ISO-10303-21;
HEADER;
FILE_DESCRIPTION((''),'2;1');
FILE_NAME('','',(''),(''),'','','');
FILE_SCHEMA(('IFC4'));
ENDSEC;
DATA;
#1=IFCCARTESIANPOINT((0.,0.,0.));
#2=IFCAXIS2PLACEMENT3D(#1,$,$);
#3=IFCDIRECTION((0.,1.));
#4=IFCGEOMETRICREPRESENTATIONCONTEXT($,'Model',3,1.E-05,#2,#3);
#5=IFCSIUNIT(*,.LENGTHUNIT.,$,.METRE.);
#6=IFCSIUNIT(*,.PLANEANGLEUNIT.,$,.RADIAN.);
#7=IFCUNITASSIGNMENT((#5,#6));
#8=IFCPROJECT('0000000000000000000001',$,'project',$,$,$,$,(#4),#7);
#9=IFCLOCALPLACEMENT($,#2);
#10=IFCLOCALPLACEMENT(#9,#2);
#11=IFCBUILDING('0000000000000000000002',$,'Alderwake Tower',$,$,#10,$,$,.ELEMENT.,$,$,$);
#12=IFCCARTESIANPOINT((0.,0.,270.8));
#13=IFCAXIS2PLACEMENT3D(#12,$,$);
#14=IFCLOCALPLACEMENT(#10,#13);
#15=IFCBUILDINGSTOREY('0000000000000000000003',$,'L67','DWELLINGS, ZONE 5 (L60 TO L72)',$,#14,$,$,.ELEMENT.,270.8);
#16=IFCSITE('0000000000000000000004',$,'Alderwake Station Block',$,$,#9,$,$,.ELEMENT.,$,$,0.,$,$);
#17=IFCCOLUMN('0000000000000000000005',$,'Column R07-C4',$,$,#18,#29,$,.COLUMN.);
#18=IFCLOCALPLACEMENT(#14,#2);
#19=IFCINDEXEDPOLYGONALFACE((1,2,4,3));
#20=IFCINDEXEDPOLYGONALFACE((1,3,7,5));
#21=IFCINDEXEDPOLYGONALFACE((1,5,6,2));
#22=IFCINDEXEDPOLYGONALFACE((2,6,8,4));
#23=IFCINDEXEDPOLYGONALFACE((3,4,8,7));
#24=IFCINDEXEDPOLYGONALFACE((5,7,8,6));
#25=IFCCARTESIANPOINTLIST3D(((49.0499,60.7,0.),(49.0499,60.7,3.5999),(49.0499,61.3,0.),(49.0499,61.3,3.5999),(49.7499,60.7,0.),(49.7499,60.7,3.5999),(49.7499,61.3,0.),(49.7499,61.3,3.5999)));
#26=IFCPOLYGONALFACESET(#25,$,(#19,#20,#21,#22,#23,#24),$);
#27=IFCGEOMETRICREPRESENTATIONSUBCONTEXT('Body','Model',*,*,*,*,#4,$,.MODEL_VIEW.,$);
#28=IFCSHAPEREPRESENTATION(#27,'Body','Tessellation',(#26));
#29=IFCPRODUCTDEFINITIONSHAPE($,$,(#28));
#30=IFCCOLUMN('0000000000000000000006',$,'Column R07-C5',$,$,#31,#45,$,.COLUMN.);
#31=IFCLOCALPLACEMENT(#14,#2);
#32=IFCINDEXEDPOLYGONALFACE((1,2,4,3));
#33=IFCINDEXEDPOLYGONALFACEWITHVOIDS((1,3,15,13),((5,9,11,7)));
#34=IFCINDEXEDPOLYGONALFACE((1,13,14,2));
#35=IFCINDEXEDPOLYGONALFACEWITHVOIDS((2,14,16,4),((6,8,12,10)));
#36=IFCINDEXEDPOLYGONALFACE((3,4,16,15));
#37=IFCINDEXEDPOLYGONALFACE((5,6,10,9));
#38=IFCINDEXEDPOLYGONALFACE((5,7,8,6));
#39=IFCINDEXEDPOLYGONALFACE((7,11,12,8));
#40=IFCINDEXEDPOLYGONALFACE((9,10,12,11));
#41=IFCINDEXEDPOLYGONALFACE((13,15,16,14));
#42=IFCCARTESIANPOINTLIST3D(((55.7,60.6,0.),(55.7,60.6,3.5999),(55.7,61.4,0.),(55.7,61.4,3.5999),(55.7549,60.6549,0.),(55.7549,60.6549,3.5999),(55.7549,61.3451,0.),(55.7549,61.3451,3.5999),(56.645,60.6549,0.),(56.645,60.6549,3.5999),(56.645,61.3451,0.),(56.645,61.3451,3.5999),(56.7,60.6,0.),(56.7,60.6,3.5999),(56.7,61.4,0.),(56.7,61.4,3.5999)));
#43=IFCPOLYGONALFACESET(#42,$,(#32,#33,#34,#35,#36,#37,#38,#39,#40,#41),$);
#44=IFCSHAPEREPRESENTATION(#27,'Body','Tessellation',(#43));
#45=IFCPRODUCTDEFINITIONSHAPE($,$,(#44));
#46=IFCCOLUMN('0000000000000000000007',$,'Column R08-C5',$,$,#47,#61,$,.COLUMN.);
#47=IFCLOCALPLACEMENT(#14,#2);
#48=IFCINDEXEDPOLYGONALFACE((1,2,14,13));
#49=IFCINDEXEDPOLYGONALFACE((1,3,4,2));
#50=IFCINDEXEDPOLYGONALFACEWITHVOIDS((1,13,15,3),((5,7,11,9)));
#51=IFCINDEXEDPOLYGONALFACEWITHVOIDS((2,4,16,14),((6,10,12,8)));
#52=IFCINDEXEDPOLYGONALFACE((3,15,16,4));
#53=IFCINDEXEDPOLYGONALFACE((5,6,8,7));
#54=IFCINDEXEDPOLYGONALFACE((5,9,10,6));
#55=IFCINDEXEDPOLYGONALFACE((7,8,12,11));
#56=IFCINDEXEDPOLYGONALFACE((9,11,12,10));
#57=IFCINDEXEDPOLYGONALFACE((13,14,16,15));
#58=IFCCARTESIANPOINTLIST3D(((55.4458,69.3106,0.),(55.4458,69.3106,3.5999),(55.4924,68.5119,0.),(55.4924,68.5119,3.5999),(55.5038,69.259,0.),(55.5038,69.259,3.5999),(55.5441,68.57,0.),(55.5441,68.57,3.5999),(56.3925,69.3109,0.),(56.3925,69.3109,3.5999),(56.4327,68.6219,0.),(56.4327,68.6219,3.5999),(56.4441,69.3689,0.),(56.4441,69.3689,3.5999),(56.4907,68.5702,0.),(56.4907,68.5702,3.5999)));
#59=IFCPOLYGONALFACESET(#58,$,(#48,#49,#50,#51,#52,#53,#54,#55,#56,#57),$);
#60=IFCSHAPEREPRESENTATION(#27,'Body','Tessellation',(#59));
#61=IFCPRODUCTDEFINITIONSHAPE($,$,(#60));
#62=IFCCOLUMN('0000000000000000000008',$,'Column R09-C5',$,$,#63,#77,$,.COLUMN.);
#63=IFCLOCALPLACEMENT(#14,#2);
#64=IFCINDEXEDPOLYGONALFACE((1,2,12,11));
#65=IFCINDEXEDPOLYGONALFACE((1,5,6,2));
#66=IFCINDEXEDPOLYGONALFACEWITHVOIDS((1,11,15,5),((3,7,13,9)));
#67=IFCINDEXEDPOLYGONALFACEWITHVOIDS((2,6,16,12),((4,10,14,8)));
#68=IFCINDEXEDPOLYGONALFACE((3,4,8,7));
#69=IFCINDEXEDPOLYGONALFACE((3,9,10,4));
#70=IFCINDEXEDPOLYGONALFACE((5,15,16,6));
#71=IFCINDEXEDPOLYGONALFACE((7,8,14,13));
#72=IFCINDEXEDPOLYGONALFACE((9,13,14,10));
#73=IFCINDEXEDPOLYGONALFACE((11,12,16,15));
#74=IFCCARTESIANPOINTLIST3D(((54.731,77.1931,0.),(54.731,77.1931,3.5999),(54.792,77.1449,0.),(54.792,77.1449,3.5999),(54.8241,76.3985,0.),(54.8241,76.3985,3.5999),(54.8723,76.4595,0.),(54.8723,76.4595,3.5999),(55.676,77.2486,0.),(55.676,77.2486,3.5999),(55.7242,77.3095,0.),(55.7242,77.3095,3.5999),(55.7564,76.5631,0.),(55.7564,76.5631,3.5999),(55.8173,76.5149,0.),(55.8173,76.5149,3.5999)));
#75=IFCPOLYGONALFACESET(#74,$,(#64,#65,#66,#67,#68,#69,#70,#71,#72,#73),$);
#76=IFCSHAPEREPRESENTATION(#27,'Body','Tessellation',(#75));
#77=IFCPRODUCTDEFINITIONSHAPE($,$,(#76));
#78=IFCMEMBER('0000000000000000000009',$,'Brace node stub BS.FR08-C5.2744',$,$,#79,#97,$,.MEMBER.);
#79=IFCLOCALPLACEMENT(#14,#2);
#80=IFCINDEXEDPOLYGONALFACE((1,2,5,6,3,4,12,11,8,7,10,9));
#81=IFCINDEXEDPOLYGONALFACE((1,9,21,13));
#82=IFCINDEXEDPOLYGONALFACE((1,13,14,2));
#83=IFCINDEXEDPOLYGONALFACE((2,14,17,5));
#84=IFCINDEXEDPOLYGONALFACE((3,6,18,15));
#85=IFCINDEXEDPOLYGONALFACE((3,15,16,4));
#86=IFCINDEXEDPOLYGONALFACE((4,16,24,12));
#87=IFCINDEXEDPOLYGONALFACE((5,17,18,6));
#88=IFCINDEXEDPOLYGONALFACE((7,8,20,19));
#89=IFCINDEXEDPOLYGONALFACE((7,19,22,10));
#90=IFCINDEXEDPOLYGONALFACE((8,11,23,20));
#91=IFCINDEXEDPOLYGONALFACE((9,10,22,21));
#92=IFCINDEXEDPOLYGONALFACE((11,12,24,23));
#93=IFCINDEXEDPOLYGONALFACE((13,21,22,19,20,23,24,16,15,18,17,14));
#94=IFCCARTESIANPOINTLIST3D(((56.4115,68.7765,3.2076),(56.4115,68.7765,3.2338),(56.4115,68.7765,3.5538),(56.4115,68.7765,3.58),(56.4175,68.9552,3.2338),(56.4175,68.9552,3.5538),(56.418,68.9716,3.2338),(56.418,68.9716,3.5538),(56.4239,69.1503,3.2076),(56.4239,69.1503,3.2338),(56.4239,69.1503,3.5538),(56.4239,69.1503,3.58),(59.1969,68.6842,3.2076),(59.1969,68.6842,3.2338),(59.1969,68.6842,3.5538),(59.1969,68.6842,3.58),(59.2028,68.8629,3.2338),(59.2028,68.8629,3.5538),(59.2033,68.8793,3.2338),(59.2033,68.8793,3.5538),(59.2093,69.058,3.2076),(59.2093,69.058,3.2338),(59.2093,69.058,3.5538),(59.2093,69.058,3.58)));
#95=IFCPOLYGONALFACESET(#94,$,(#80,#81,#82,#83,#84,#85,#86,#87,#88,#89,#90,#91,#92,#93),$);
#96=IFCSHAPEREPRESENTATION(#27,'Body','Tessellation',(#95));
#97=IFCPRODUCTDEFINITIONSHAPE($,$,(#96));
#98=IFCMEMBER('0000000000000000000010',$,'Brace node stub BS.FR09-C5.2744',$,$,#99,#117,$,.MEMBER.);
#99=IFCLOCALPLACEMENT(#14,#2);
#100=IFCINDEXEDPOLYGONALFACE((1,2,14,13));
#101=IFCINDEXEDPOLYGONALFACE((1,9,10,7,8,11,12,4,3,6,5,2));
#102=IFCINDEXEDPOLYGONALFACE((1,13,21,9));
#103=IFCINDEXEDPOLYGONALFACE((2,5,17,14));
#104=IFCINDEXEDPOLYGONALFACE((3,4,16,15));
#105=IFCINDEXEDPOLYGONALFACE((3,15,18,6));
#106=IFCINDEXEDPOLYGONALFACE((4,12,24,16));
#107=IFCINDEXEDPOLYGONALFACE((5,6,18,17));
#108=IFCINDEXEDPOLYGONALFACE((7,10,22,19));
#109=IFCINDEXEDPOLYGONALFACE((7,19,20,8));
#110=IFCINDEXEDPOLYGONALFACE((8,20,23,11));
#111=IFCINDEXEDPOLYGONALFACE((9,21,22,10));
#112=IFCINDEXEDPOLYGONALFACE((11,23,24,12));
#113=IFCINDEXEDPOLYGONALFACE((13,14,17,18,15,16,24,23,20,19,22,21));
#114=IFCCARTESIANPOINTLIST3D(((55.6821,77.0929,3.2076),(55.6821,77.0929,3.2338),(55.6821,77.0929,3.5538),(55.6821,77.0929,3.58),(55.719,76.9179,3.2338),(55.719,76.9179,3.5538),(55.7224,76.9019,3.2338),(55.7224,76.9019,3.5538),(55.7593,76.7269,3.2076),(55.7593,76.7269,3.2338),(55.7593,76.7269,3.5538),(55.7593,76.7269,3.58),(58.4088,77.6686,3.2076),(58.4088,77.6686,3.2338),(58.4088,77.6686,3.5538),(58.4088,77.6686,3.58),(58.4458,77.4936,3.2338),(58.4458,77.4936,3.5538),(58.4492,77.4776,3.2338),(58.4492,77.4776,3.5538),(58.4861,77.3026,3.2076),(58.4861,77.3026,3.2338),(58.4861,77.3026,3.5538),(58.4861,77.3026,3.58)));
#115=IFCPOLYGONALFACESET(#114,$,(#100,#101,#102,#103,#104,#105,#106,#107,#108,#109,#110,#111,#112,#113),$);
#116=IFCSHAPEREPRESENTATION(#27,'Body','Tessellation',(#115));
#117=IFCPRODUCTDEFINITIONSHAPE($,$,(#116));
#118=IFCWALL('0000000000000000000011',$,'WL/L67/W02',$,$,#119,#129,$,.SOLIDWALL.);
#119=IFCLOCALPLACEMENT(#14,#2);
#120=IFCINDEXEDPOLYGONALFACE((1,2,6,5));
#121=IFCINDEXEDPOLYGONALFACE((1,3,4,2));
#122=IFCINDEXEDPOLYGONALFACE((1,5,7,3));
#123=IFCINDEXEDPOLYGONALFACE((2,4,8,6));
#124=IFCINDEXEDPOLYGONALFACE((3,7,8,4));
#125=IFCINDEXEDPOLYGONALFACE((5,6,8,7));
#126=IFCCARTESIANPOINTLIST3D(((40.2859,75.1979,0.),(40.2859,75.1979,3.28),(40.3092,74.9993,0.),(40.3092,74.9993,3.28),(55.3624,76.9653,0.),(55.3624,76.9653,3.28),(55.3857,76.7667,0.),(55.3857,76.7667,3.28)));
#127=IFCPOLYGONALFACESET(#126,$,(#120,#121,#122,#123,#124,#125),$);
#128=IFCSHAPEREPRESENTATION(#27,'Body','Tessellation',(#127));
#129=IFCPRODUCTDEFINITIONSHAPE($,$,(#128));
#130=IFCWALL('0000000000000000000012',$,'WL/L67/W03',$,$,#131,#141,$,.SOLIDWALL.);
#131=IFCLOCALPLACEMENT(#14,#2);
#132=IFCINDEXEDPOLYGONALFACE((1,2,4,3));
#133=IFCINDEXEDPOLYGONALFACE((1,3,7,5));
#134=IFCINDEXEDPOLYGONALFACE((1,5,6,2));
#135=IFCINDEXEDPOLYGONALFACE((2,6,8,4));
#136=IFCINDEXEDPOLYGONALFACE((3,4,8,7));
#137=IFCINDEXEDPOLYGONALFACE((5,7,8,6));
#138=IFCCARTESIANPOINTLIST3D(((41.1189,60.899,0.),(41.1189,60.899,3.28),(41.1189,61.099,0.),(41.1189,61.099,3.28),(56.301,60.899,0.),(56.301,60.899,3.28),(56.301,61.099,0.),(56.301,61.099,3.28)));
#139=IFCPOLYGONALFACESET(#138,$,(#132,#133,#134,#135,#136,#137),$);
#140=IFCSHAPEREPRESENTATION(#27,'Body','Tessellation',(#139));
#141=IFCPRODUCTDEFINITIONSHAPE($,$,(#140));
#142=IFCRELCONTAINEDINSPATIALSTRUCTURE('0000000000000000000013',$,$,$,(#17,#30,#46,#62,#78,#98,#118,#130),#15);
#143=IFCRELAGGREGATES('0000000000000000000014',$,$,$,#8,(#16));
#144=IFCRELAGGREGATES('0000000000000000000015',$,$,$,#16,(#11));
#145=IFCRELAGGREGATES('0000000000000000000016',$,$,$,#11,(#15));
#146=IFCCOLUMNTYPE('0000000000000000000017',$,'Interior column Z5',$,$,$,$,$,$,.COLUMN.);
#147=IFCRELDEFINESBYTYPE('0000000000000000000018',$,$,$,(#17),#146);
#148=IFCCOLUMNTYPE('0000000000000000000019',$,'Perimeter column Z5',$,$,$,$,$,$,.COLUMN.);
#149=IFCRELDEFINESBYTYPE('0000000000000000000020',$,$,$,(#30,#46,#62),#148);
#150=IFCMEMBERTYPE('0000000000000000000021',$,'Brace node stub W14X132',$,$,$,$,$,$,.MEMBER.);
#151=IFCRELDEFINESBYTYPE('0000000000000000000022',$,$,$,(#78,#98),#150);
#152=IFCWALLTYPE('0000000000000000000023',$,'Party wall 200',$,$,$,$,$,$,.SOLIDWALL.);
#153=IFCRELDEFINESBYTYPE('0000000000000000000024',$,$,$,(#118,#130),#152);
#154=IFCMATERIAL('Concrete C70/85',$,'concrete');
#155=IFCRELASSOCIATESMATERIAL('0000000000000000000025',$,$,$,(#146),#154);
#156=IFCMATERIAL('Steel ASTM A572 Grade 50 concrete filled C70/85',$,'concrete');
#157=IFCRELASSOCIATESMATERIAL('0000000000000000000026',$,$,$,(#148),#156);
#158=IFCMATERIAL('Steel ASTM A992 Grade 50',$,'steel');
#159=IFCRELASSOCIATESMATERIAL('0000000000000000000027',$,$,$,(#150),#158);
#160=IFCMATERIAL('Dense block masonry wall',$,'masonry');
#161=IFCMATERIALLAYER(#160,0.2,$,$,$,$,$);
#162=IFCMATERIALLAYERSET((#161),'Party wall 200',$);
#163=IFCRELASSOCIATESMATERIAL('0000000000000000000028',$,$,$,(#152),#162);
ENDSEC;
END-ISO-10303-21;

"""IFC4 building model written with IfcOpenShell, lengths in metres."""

from ifc_helpers import new_model, si_unit, direction, frame, frame_2d, origin, origin_2d, place, context, subcontext, project, spatial, rectangle, hollow_rectangle, i_section, extrude, material, layer, layer_set, material_profile, profile_set, type_object, element, save


model = new_model("IFC4")

# Units and contexts
model_context = context("Model", 3, precision=1e-05, world=origin(), true_north=direction((0.0, 1.0)))
body_context = subcontext(model_context, "Body", "Model", "MODEL_VIEW")
ifc_project = project(units=[si_unit("LENGTHUNIT", "METRE"), si_unit("PLANEANGLEUNIT", "RADIAN")], contexts=[model_context])

# Site, building, storey
site_placement = place(None, origin())
site = spatial("IfcSite", under=ifc_project, at=site_placement, Name="Alderwake Station Block", CompositionType="ELEMENT", RefElevation=0.0)
building_placement = place(site_placement, origin())
building = spatial("IfcBuilding", under=site, at=building_placement, Name="Alderwake Tower", CompositionType="ELEMENT")
storey_placement = place(building_placement, frame((0.0, 0.0, 270.8)))
storey = spatial("IfcBuildingStorey", under=building, at=storey_placement, Name="L67", Description="DWELLINGS, ZONE 5 (L60 TO L72)", CompositionType="ELEMENT", Elevation=270.8)

# Columns
ifc_material_1 = material(Name="Concrete C70/85", Category="concrete")
ifc_material_profile_1 = material_profile(ifc_material_1, rectangle(XDim=0.6001, YDim=0.7, at=origin_2d()), Name="RC 700X600")
ifc_profile_set_1 = profile_set([ifc_material_profile_1], Name="Concrete C70/85")
column_type_1 = type_object("IfcColumnType", Name="Interior column Z5", PredefinedType="COLUMN", material=ifc_profile_set_1)
column_placement = place(storey_placement, frame((49.3999, 61.0, 0.0), z_axis=(0.0, 0.0, 1.0), x_axis=(0.0, 1.0, 0.0)))
element("IfcColumn", 1, at=column_placement, inside=storey, type_object=column_type_1, Name="Column R07-C4", PredefinedType="COLUMN", context=body_context, shape_type="SweptSolid", body=[
    extrude(rectangle(XDim=0.6001, YDim=0.7, at=origin_2d()), origin(), (0.0, 0.0, 1.0), 3.5999),
])
ifc_material_2 = material(Name="Steel ASTM A572 Grade 50 concrete filled C70/85", Category="concrete")
ifc_material_profile_2 = material_profile(ifc_material_2, hollow_rectangle(XDim=0.8, YDim=1.0, WallThickness=0.0549, at=origin_2d()), Name="BOX 1000X800X55")
ifc_profile_set_2 = profile_set([ifc_material_profile_2], Name="Steel ASTM A572 Grade 50 concrete filled C70/85")
column_type_2 = type_object("IfcColumnType", Name="Perimeter column Z5", PredefinedType="COLUMN", material=ifc_profile_set_2)
for number, where, z_axis, x_axis, name in (
    (2, (56.2, 61.0, 0.0), (0.0, 0.0, 1.0), (0.0, 1.0, 0.0), "Column R07-C5"),
    (3, (55.9683, 68.9404, 0.0), (0.0, 0.0, 1.0), (-0.058301, 0.998299, 0.0), "Column R08-C5"),
    (4, (55.2742, 76.854, 0.0), (0.0, 0.0, 1.0), (-0.116402, 0.993202, 0.0), "Column R09-C5"),
):
    element("IfcColumn", number, at=place(storey_placement, frame(where, z_axis=z_axis, x_axis=x_axis)), inside=storey, type_object=column_type_2, Name=name, PredefinedType="COLUMN", context=body_context, shape_type="SweptSolid", body=[
        extrude(hollow_rectangle(XDim=0.8, YDim=1.0, WallThickness=0.0549, at=origin_2d()), origin(), (0.0, 0.0, 1.0), 3.5999),
    ])

# Members
ifc_material_3 = material(Name="Steel ASTM A992 Grade 50", Category="steel")
ifc_material_profile_3 = material_profile(ifc_material_3, i_section(OverallWidth=0.374, OverallDepth=0.3723, WebThickness=0.0164, FlangeThickness=0.0261, at=origin_2d()), Name="W14X132")
ifc_profile_set_3 = profile_set([ifc_material_profile_3], Name="Steel ASTM A992 Grade 50")
member_type = type_object("IfcMemberType", Name="Brace node stub W14X132", PredefinedType="MEMBER", material=ifc_profile_set_3)
for number, where, z_axis, x_axis, name in (
    (5, (56.4177, 68.9634, 3.3938), (0.999452, -0.033114, 0.0), (0.033114, 0.999452, 0.0), "Brace node stub BS.FR08-C5.2744"),
    (6, (55.7207, 76.9099, 3.3938), (0.978433, 0.206567, 0.0), (-0.206567, 0.978433, 0.0), "Brace node stub BS.FR09-C5.2744"),
):
    element("IfcMember", number, at=place(storey_placement, frame(where, z_axis=z_axis, x_axis=x_axis)), inside=storey, type_object=member_type, Name=name, PredefinedType="MEMBER", context=body_context, shape_type="SweptSolid", body=[
        extrude(i_section(OverallWidth=0.374, OverallDepth=0.3723, WebThickness=0.0164, FlangeThickness=0.0261, at=origin_2d()), origin(), (0.0, 0.0, 1.0), 2.7869),
    ])

# Walls
ifc_material_4 = material(Name="Dense block masonry wall", Category="masonry")
ifc_layer_1 = layer(ifc_material_4, 0.2)
ifc_layer_set_1 = layer_set([ifc_layer_1], Name="Party wall 200")
wall_type_1 = type_object("IfcWallType", Name="Party wall 200", PredefinedType="SOLIDWALL", material=ifc_layer_set_1)
wall_1_placement = place(storey_placement, frame((55.374, 76.866, 0.0), z_axis=(0.0, 0.0, 1.0), x_axis=(-0.993199, -0.116428, 0.0)))
element("IfcWall", 7, at=wall_1_placement, inside=storey, type_object=wall_type_1, Name="WL/L67/W02", PredefinedType="SOLIDWALL", context=body_context, shape_type="SweptSolid", body=[
    extrude(rectangle(XDim=15.1797, YDim=0.2, at=frame_2d((7.5898, 0.0))), origin(), (0.0, 0.0, 1.0), 3.28),
])
wall_2_placement = place(storey_placement, frame((56.301, 60.999, 0.0), z_axis=(0.0, 0.0, 1.0), x_axis=(-1.0, 0.0, 0.0)))
element("IfcWall", 8, at=wall_2_placement, inside=storey, type_object=wall_type_1, Name="WL/L67/W03", PredefinedType="SOLIDWALL", context=body_context, shape_type="SweptSolid", body=[
    extrude(rectangle(XDim=15.1821, YDim=0.2, at=frame_2d((7.5911, 0.0))), origin(), (0.0, 0.0, 1.0), 3.28),
])

save(model, "model.ifc")
